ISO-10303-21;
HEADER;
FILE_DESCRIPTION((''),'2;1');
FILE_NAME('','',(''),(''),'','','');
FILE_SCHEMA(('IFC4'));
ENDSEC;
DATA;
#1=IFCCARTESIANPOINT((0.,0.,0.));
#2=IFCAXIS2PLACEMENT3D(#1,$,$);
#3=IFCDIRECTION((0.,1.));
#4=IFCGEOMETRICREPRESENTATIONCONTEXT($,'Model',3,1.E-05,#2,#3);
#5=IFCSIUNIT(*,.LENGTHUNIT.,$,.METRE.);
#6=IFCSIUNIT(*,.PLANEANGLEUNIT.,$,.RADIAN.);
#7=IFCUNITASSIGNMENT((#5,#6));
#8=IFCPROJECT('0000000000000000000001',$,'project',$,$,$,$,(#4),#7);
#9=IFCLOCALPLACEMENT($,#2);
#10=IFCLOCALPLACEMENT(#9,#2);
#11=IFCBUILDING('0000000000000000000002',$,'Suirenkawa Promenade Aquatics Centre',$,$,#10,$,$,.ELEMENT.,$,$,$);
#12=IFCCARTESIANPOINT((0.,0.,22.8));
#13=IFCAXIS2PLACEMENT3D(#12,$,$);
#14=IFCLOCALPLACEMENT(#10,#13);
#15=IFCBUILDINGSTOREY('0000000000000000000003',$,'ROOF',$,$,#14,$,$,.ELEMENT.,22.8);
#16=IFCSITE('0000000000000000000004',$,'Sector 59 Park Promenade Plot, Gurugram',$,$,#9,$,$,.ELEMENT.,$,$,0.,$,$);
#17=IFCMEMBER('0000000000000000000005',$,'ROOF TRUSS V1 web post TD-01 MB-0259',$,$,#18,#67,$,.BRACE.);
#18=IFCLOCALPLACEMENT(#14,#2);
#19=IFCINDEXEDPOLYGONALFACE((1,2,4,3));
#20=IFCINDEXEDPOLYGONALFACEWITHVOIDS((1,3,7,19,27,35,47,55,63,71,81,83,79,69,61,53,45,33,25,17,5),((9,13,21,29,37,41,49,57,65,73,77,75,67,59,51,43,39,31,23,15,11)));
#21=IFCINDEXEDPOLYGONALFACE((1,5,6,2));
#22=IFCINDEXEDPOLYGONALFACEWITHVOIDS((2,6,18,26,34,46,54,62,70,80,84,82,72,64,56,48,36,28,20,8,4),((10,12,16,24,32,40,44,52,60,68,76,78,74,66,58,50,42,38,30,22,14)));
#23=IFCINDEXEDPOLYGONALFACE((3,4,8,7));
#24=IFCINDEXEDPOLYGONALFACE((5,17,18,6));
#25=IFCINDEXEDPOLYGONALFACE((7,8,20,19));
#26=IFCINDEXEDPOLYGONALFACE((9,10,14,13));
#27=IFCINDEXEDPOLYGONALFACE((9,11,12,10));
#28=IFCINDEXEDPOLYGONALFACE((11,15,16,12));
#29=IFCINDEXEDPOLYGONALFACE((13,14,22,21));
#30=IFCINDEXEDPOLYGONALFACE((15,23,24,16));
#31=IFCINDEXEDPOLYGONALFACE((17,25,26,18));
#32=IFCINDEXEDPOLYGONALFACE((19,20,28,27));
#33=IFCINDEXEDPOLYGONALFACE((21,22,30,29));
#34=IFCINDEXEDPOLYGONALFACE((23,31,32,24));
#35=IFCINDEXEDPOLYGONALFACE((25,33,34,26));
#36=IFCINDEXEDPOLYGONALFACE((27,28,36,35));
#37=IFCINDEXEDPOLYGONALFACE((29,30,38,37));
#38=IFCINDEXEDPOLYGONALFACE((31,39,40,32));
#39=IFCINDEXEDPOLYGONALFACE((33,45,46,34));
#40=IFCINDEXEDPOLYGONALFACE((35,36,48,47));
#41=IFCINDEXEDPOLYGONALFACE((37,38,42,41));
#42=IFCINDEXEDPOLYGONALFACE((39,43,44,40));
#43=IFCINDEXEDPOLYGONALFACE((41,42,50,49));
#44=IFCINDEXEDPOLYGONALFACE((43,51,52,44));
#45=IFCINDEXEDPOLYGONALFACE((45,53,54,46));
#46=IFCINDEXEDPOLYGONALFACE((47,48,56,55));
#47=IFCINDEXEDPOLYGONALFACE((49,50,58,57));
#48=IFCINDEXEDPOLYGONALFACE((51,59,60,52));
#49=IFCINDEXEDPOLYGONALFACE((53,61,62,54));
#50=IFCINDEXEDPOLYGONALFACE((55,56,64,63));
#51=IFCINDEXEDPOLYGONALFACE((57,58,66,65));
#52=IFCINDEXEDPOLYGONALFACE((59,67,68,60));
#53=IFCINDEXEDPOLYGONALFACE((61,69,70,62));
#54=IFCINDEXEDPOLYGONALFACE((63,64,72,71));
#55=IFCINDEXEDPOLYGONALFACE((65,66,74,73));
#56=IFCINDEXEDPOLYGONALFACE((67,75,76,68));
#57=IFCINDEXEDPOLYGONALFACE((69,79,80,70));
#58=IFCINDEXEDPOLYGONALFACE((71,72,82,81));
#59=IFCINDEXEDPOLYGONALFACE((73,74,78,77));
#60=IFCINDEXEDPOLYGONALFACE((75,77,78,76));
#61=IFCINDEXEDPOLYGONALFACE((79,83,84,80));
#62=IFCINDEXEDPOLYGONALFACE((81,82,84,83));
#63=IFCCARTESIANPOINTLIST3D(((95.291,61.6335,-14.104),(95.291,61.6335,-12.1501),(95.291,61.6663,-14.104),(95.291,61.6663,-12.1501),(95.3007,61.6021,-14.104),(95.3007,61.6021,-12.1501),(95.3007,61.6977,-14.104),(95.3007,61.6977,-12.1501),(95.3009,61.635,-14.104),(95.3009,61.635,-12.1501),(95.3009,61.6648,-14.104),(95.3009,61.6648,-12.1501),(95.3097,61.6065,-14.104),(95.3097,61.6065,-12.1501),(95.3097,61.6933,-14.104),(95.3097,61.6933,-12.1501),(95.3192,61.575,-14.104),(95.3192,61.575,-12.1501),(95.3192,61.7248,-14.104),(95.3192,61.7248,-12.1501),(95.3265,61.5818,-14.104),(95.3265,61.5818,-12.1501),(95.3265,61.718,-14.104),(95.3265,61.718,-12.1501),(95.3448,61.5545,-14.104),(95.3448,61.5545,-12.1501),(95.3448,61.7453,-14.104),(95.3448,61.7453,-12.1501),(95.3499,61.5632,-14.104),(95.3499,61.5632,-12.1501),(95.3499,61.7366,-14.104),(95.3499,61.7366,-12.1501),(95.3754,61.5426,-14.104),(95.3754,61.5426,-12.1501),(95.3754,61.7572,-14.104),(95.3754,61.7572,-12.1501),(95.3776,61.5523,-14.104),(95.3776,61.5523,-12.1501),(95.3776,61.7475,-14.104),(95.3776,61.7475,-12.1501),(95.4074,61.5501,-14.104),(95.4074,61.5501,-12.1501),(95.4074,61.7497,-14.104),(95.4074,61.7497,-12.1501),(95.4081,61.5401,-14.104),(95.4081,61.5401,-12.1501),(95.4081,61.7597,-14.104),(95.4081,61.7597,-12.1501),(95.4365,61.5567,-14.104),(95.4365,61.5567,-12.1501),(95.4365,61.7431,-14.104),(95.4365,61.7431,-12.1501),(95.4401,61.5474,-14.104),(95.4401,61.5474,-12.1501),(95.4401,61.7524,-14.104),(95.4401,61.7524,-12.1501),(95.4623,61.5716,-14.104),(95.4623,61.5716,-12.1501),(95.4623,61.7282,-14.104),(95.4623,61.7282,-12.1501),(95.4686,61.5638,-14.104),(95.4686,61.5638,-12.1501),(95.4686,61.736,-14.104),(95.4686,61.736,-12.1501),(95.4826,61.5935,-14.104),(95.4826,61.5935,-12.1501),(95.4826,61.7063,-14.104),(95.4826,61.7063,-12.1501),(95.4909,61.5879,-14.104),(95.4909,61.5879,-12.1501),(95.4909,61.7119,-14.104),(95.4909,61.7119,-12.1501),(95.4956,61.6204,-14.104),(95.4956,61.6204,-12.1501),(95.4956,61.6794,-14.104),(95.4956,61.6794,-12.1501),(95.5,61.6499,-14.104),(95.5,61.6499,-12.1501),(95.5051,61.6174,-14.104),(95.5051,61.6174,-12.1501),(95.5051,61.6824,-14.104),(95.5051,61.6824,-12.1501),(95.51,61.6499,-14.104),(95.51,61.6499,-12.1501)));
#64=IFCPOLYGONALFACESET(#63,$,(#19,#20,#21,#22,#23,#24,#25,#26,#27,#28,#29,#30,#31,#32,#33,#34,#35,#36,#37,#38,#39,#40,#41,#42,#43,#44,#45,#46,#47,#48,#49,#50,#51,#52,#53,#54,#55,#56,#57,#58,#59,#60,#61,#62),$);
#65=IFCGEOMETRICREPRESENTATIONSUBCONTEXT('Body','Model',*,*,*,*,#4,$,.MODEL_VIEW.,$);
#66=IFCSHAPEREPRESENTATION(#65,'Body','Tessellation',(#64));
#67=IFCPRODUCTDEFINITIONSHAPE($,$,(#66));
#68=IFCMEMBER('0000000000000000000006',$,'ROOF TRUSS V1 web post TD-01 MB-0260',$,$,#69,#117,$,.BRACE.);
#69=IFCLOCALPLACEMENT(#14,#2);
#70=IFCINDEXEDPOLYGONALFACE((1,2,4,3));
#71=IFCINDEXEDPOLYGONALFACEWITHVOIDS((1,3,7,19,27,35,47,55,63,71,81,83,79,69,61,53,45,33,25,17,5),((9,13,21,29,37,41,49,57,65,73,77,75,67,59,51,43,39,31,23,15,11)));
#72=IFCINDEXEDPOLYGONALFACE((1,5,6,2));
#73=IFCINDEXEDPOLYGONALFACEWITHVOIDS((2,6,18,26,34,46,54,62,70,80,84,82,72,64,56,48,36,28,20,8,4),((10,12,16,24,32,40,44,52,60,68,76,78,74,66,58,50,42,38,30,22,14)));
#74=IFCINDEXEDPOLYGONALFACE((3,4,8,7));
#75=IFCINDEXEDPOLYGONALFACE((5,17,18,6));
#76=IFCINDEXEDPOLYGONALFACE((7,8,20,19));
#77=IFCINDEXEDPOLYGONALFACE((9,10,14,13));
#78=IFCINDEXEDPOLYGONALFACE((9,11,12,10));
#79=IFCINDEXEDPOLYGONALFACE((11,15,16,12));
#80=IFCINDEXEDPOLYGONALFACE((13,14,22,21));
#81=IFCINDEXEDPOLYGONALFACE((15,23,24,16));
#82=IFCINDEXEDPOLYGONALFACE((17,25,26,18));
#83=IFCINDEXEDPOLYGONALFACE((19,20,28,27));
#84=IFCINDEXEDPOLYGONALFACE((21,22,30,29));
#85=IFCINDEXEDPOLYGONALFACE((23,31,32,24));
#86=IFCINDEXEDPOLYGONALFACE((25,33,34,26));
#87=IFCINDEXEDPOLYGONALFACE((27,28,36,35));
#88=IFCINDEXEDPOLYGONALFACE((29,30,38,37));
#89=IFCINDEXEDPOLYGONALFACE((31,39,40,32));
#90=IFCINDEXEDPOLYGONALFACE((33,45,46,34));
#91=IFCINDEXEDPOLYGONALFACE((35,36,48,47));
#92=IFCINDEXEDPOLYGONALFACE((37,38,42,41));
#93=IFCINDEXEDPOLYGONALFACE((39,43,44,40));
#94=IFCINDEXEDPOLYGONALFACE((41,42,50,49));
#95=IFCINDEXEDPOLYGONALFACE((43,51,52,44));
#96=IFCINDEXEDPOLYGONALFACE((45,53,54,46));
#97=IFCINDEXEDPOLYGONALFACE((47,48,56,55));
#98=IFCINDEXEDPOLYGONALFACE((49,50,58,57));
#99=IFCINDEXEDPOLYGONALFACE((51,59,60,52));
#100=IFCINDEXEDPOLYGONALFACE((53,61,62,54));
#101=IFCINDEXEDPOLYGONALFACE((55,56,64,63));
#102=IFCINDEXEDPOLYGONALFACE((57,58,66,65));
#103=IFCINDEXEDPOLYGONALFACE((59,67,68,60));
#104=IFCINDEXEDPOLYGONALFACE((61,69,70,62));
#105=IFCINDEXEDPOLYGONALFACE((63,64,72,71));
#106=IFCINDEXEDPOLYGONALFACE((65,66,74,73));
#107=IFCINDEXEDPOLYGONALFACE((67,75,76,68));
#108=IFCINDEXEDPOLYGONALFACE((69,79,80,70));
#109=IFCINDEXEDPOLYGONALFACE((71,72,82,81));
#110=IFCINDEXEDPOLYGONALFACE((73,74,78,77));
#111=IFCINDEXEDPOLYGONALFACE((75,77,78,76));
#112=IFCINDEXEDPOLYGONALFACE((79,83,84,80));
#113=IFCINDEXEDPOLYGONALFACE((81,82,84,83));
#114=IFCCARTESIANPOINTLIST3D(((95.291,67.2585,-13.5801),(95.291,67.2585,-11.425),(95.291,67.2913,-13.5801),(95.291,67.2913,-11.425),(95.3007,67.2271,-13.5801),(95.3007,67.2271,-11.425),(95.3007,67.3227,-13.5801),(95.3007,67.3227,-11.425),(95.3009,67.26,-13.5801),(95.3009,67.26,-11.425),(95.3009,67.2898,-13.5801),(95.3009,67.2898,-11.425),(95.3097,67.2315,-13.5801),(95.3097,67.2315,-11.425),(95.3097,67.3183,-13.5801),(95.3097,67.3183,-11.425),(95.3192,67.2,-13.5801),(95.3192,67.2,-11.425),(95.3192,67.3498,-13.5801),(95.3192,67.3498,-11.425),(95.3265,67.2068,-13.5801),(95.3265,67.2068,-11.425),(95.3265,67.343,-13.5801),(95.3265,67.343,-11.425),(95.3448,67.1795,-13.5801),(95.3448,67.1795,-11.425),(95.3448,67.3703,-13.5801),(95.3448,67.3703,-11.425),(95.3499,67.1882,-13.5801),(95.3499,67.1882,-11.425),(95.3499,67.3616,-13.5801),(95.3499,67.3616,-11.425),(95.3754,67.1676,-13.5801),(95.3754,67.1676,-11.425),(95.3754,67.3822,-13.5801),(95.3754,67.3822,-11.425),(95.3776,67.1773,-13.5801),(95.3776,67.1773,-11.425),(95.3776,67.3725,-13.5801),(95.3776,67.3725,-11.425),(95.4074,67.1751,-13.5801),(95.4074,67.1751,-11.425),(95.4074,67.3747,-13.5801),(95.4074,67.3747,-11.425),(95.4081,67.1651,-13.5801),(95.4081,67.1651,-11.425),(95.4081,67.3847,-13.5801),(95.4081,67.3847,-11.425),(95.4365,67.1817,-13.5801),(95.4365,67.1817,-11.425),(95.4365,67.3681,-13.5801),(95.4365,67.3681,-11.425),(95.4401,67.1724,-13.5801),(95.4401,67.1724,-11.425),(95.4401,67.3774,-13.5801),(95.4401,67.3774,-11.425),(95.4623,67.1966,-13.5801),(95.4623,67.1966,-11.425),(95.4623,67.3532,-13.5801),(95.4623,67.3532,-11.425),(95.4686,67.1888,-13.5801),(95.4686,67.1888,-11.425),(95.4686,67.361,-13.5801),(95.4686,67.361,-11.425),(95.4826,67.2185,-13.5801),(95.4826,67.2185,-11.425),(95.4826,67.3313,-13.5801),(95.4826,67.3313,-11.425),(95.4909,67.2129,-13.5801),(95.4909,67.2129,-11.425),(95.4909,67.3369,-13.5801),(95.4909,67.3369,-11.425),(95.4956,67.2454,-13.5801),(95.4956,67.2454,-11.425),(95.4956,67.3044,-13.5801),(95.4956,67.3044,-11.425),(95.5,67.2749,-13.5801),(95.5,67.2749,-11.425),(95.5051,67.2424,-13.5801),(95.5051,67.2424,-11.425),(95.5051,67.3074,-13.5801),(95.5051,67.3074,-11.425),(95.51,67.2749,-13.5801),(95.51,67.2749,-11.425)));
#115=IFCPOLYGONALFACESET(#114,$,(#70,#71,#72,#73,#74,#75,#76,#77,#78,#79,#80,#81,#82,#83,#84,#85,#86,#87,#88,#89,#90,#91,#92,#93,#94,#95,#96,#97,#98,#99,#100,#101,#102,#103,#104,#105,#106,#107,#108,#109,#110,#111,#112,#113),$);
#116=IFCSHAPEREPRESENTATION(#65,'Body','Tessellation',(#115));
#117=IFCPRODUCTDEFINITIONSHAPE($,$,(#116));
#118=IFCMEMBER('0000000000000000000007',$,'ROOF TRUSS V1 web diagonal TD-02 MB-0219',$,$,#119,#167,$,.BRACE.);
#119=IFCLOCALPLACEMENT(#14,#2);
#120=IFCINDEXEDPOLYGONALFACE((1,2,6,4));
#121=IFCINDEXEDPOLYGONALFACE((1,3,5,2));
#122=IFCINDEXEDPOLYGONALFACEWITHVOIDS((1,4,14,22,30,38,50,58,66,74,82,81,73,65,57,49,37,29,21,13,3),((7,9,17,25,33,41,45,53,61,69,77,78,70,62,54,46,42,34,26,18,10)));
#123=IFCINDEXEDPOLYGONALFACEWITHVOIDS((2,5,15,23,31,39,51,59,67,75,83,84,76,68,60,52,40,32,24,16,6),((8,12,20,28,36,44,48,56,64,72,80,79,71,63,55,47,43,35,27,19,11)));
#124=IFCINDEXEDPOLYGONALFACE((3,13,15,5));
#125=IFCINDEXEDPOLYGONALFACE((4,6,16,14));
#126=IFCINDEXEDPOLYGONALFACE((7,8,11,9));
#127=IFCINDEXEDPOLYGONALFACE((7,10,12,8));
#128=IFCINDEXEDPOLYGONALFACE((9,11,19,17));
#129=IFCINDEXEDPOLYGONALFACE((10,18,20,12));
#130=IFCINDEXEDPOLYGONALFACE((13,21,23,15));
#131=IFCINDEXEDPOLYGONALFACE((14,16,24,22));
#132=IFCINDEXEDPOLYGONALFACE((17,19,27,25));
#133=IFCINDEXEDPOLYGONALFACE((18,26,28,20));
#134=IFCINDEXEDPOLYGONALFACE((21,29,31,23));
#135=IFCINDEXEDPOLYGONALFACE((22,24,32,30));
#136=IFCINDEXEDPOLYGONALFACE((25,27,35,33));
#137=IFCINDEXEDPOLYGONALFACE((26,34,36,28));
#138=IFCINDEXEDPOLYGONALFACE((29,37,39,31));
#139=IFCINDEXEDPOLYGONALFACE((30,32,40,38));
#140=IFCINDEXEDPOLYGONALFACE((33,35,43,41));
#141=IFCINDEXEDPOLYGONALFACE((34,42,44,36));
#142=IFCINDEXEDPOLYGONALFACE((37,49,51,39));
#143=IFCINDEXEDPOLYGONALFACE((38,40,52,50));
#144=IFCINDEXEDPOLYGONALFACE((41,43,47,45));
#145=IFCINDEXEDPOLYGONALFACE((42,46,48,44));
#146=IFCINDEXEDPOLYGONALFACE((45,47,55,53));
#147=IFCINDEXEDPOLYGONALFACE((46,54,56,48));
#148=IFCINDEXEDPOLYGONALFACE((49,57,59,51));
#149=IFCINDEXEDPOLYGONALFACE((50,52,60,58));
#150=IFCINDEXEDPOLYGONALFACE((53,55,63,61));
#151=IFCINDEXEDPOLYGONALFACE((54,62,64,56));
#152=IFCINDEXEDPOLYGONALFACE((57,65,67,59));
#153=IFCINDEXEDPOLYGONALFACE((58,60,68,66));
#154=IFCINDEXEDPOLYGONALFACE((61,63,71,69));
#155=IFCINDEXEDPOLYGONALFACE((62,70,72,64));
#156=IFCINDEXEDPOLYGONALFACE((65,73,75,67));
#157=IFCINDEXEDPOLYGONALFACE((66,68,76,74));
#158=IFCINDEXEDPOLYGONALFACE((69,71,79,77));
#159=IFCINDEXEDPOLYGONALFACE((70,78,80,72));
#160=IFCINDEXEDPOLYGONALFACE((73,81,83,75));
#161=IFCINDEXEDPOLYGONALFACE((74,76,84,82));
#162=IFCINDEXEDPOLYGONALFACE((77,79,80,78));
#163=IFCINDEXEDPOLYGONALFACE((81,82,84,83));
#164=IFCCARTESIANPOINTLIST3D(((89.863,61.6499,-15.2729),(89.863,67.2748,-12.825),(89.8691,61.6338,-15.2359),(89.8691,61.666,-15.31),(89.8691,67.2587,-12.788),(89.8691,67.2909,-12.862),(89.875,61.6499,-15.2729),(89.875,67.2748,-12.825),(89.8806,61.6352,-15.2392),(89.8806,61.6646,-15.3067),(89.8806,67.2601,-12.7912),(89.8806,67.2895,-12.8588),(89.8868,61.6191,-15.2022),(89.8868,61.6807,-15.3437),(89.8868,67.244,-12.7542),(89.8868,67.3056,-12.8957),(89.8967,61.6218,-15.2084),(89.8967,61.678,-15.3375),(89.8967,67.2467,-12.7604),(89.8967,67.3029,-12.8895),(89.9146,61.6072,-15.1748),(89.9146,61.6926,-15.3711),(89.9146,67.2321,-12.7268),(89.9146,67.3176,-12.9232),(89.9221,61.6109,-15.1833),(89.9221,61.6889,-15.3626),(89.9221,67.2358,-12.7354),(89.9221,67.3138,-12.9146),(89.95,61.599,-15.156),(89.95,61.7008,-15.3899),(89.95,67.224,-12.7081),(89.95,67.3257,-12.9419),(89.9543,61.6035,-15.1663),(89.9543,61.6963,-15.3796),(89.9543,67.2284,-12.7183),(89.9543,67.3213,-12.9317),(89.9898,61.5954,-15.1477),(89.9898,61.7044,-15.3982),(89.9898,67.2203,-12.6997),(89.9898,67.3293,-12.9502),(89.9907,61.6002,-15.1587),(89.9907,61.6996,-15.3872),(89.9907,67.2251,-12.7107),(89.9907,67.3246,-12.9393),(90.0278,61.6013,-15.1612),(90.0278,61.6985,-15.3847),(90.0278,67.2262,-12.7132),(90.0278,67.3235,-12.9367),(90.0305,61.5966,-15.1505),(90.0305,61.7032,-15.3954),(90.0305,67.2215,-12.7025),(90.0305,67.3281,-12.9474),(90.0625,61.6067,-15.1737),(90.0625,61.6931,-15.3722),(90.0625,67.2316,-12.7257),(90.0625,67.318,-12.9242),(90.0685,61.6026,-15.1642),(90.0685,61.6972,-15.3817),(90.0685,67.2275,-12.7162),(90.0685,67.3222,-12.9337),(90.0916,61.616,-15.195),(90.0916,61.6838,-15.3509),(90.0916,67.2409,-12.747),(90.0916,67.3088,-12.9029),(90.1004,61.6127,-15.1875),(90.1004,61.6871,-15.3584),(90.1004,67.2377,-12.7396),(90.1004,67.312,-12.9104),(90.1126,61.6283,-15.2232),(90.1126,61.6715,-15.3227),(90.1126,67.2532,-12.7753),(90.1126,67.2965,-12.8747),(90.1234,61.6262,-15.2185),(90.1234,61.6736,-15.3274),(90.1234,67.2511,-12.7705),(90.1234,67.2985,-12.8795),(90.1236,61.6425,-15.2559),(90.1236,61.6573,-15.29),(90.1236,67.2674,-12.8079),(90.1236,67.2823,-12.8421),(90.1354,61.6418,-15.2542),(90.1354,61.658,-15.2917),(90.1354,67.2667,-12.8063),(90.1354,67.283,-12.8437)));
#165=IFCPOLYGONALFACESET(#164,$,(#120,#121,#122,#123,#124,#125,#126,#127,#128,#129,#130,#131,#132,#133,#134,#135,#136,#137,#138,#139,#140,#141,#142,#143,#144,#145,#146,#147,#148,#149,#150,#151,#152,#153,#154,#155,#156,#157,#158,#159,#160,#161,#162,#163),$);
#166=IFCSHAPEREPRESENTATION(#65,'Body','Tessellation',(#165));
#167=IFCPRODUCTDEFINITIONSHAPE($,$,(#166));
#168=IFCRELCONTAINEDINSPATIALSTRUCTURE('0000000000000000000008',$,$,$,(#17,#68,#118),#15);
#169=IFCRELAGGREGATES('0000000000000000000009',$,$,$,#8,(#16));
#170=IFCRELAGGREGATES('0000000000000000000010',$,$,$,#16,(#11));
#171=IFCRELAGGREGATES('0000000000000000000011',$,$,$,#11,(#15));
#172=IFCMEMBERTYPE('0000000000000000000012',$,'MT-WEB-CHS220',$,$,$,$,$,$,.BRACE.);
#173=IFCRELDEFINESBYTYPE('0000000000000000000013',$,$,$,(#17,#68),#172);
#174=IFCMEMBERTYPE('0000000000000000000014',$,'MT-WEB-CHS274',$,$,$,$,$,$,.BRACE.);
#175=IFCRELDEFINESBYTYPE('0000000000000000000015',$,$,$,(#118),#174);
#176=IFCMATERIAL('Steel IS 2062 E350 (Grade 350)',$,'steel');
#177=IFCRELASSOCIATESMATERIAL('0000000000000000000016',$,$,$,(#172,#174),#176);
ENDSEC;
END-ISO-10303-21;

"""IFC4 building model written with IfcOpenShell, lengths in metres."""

from ifc_helpers import new_model, si_unit, direction, frame, origin, origin_2d, place, context, subcontext, project, spatial, hollow_circle, extrude, material, material_profile, profile_set, type_object, element, save


model = new_model("IFC4")

# Units and contexts
model_context = context("Model", 3, precision=1e-05, world=origin(), true_north=direction((0.0, 1.0)))
body_context = subcontext(model_context, "Body", "Model", "MODEL_VIEW")
ifc_project = project(units=[si_unit("LENGTHUNIT", "METRE"), si_unit("PLANEANGLEUNIT", "RADIAN")], contexts=[model_context])

# Site, building, storey
site_placement = place(None, origin())
site = spatial("IfcSite", under=ifc_project, at=site_placement, Name="Sector 59 Park Promenade Plot, Gurugram", CompositionType="ELEMENT", RefElevation=0.0)
building_placement = place(site_placement, origin())
building = spatial("IfcBuilding", under=site, at=building_placement, Name="Suirenkawa Promenade Aquatics Centre", CompositionType="ELEMENT")
storey_placement = place(building_placement, frame((0.0, 0.0, 22.8)))
storey = spatial("IfcBuildingStorey", under=building, at=storey_placement, Name="ROOF", CompositionType="ELEMENT", Elevation=22.8)

# Shared definitions
ifc_material = material(Name="Steel IS 2062 E350 (Grade 350)", Category="steel")

# Members
ifc_material_profile_1 = material_profile(ifc_material, hollow_circle(Radius=0.1101, WallThickness=0.01, at=origin_2d()), Name="CHS 220x10", Category="steel")
ifc_profile_set_1 = profile_set([ifc_material_profile_1], Name="Steel IS 2062 E350 (Grade 350)")
member_type_1 = type_object("IfcMemberType", Name="MT-WEB-CHS220", PredefinedType="BRACE", material=ifc_profile_set_1)
member_1_placement = place(storey_placement, frame((95.3999, 61.6499, -14.104), z_axis=(0.0, 0.0, 1.0), x_axis=(1.0, 0.0, 0.0)))
element("IfcMember", 1, at=member_1_placement, inside=storey, type_object=member_type_1, Name="ROOF TRUSS V1 web post TD-01 MB-0259", PredefinedType="BRACE", context=body_context, shape_type="SweptSolid", body=[
    extrude(hollow_circle(Radius=0.1101, WallThickness=0.01, at=origin_2d()), origin(), (0.0, 0.0, 1.0), 1.9539),
])
member_2_placement = place(storey_placement, frame((95.3999, 67.2749, -13.5801), z_axis=(0.0, 0.0, 1.0), x_axis=(1.0, 0.0, 0.0)))
element("IfcMember", 2, at=member_2_placement, inside=storey, type_object=member_type_1, Name="ROOF TRUSS V1 web post TD-01 MB-0260", PredefinedType="BRACE", context=body_context, shape_type="SweptSolid", body=[
    extrude(hollow_circle(Radius=0.1101, WallThickness=0.01, at=origin_2d()), origin(), (0.0, 0.0, 1.0), 2.155),
])
ifc_material_profile_2 = material_profile(ifc_material, hollow_circle(Radius=0.137, WallThickness=0.012, at=origin_2d()), Name="CHS 274x12", Category="steel")
ifc_profile_set_2 = profile_set([ifc_material_profile_2], Name="Steel IS 2062 E350 (Grade 350)")
member_type_2 = type_object("IfcMemberType", Name="MT-WEB-CHS274", PredefinedType="BRACE", material=ifc_profile_set_2)
member_3_placement = place(storey_placement, frame((90.0, 61.6499, -15.2729), z_axis=(0.0, 0.91693, 0.399048), x_axis=(-1.0, 0.0, 0.0)))
element("IfcMember", 3, at=member_3_placement, inside=storey, type_object=member_type_2, Name="ROOF TRUSS V1 web diagonal TD-02 MB-0219", PredefinedType="BRACE", context=body_context, shape_type="SweptSolid", body=[
    extrude(hollow_circle(Radius=0.137, WallThickness=0.012, at=origin_2d()), origin(), (0.0, 0.0, 1.0), 6.1345),
])

save(model, "model.ifc")
